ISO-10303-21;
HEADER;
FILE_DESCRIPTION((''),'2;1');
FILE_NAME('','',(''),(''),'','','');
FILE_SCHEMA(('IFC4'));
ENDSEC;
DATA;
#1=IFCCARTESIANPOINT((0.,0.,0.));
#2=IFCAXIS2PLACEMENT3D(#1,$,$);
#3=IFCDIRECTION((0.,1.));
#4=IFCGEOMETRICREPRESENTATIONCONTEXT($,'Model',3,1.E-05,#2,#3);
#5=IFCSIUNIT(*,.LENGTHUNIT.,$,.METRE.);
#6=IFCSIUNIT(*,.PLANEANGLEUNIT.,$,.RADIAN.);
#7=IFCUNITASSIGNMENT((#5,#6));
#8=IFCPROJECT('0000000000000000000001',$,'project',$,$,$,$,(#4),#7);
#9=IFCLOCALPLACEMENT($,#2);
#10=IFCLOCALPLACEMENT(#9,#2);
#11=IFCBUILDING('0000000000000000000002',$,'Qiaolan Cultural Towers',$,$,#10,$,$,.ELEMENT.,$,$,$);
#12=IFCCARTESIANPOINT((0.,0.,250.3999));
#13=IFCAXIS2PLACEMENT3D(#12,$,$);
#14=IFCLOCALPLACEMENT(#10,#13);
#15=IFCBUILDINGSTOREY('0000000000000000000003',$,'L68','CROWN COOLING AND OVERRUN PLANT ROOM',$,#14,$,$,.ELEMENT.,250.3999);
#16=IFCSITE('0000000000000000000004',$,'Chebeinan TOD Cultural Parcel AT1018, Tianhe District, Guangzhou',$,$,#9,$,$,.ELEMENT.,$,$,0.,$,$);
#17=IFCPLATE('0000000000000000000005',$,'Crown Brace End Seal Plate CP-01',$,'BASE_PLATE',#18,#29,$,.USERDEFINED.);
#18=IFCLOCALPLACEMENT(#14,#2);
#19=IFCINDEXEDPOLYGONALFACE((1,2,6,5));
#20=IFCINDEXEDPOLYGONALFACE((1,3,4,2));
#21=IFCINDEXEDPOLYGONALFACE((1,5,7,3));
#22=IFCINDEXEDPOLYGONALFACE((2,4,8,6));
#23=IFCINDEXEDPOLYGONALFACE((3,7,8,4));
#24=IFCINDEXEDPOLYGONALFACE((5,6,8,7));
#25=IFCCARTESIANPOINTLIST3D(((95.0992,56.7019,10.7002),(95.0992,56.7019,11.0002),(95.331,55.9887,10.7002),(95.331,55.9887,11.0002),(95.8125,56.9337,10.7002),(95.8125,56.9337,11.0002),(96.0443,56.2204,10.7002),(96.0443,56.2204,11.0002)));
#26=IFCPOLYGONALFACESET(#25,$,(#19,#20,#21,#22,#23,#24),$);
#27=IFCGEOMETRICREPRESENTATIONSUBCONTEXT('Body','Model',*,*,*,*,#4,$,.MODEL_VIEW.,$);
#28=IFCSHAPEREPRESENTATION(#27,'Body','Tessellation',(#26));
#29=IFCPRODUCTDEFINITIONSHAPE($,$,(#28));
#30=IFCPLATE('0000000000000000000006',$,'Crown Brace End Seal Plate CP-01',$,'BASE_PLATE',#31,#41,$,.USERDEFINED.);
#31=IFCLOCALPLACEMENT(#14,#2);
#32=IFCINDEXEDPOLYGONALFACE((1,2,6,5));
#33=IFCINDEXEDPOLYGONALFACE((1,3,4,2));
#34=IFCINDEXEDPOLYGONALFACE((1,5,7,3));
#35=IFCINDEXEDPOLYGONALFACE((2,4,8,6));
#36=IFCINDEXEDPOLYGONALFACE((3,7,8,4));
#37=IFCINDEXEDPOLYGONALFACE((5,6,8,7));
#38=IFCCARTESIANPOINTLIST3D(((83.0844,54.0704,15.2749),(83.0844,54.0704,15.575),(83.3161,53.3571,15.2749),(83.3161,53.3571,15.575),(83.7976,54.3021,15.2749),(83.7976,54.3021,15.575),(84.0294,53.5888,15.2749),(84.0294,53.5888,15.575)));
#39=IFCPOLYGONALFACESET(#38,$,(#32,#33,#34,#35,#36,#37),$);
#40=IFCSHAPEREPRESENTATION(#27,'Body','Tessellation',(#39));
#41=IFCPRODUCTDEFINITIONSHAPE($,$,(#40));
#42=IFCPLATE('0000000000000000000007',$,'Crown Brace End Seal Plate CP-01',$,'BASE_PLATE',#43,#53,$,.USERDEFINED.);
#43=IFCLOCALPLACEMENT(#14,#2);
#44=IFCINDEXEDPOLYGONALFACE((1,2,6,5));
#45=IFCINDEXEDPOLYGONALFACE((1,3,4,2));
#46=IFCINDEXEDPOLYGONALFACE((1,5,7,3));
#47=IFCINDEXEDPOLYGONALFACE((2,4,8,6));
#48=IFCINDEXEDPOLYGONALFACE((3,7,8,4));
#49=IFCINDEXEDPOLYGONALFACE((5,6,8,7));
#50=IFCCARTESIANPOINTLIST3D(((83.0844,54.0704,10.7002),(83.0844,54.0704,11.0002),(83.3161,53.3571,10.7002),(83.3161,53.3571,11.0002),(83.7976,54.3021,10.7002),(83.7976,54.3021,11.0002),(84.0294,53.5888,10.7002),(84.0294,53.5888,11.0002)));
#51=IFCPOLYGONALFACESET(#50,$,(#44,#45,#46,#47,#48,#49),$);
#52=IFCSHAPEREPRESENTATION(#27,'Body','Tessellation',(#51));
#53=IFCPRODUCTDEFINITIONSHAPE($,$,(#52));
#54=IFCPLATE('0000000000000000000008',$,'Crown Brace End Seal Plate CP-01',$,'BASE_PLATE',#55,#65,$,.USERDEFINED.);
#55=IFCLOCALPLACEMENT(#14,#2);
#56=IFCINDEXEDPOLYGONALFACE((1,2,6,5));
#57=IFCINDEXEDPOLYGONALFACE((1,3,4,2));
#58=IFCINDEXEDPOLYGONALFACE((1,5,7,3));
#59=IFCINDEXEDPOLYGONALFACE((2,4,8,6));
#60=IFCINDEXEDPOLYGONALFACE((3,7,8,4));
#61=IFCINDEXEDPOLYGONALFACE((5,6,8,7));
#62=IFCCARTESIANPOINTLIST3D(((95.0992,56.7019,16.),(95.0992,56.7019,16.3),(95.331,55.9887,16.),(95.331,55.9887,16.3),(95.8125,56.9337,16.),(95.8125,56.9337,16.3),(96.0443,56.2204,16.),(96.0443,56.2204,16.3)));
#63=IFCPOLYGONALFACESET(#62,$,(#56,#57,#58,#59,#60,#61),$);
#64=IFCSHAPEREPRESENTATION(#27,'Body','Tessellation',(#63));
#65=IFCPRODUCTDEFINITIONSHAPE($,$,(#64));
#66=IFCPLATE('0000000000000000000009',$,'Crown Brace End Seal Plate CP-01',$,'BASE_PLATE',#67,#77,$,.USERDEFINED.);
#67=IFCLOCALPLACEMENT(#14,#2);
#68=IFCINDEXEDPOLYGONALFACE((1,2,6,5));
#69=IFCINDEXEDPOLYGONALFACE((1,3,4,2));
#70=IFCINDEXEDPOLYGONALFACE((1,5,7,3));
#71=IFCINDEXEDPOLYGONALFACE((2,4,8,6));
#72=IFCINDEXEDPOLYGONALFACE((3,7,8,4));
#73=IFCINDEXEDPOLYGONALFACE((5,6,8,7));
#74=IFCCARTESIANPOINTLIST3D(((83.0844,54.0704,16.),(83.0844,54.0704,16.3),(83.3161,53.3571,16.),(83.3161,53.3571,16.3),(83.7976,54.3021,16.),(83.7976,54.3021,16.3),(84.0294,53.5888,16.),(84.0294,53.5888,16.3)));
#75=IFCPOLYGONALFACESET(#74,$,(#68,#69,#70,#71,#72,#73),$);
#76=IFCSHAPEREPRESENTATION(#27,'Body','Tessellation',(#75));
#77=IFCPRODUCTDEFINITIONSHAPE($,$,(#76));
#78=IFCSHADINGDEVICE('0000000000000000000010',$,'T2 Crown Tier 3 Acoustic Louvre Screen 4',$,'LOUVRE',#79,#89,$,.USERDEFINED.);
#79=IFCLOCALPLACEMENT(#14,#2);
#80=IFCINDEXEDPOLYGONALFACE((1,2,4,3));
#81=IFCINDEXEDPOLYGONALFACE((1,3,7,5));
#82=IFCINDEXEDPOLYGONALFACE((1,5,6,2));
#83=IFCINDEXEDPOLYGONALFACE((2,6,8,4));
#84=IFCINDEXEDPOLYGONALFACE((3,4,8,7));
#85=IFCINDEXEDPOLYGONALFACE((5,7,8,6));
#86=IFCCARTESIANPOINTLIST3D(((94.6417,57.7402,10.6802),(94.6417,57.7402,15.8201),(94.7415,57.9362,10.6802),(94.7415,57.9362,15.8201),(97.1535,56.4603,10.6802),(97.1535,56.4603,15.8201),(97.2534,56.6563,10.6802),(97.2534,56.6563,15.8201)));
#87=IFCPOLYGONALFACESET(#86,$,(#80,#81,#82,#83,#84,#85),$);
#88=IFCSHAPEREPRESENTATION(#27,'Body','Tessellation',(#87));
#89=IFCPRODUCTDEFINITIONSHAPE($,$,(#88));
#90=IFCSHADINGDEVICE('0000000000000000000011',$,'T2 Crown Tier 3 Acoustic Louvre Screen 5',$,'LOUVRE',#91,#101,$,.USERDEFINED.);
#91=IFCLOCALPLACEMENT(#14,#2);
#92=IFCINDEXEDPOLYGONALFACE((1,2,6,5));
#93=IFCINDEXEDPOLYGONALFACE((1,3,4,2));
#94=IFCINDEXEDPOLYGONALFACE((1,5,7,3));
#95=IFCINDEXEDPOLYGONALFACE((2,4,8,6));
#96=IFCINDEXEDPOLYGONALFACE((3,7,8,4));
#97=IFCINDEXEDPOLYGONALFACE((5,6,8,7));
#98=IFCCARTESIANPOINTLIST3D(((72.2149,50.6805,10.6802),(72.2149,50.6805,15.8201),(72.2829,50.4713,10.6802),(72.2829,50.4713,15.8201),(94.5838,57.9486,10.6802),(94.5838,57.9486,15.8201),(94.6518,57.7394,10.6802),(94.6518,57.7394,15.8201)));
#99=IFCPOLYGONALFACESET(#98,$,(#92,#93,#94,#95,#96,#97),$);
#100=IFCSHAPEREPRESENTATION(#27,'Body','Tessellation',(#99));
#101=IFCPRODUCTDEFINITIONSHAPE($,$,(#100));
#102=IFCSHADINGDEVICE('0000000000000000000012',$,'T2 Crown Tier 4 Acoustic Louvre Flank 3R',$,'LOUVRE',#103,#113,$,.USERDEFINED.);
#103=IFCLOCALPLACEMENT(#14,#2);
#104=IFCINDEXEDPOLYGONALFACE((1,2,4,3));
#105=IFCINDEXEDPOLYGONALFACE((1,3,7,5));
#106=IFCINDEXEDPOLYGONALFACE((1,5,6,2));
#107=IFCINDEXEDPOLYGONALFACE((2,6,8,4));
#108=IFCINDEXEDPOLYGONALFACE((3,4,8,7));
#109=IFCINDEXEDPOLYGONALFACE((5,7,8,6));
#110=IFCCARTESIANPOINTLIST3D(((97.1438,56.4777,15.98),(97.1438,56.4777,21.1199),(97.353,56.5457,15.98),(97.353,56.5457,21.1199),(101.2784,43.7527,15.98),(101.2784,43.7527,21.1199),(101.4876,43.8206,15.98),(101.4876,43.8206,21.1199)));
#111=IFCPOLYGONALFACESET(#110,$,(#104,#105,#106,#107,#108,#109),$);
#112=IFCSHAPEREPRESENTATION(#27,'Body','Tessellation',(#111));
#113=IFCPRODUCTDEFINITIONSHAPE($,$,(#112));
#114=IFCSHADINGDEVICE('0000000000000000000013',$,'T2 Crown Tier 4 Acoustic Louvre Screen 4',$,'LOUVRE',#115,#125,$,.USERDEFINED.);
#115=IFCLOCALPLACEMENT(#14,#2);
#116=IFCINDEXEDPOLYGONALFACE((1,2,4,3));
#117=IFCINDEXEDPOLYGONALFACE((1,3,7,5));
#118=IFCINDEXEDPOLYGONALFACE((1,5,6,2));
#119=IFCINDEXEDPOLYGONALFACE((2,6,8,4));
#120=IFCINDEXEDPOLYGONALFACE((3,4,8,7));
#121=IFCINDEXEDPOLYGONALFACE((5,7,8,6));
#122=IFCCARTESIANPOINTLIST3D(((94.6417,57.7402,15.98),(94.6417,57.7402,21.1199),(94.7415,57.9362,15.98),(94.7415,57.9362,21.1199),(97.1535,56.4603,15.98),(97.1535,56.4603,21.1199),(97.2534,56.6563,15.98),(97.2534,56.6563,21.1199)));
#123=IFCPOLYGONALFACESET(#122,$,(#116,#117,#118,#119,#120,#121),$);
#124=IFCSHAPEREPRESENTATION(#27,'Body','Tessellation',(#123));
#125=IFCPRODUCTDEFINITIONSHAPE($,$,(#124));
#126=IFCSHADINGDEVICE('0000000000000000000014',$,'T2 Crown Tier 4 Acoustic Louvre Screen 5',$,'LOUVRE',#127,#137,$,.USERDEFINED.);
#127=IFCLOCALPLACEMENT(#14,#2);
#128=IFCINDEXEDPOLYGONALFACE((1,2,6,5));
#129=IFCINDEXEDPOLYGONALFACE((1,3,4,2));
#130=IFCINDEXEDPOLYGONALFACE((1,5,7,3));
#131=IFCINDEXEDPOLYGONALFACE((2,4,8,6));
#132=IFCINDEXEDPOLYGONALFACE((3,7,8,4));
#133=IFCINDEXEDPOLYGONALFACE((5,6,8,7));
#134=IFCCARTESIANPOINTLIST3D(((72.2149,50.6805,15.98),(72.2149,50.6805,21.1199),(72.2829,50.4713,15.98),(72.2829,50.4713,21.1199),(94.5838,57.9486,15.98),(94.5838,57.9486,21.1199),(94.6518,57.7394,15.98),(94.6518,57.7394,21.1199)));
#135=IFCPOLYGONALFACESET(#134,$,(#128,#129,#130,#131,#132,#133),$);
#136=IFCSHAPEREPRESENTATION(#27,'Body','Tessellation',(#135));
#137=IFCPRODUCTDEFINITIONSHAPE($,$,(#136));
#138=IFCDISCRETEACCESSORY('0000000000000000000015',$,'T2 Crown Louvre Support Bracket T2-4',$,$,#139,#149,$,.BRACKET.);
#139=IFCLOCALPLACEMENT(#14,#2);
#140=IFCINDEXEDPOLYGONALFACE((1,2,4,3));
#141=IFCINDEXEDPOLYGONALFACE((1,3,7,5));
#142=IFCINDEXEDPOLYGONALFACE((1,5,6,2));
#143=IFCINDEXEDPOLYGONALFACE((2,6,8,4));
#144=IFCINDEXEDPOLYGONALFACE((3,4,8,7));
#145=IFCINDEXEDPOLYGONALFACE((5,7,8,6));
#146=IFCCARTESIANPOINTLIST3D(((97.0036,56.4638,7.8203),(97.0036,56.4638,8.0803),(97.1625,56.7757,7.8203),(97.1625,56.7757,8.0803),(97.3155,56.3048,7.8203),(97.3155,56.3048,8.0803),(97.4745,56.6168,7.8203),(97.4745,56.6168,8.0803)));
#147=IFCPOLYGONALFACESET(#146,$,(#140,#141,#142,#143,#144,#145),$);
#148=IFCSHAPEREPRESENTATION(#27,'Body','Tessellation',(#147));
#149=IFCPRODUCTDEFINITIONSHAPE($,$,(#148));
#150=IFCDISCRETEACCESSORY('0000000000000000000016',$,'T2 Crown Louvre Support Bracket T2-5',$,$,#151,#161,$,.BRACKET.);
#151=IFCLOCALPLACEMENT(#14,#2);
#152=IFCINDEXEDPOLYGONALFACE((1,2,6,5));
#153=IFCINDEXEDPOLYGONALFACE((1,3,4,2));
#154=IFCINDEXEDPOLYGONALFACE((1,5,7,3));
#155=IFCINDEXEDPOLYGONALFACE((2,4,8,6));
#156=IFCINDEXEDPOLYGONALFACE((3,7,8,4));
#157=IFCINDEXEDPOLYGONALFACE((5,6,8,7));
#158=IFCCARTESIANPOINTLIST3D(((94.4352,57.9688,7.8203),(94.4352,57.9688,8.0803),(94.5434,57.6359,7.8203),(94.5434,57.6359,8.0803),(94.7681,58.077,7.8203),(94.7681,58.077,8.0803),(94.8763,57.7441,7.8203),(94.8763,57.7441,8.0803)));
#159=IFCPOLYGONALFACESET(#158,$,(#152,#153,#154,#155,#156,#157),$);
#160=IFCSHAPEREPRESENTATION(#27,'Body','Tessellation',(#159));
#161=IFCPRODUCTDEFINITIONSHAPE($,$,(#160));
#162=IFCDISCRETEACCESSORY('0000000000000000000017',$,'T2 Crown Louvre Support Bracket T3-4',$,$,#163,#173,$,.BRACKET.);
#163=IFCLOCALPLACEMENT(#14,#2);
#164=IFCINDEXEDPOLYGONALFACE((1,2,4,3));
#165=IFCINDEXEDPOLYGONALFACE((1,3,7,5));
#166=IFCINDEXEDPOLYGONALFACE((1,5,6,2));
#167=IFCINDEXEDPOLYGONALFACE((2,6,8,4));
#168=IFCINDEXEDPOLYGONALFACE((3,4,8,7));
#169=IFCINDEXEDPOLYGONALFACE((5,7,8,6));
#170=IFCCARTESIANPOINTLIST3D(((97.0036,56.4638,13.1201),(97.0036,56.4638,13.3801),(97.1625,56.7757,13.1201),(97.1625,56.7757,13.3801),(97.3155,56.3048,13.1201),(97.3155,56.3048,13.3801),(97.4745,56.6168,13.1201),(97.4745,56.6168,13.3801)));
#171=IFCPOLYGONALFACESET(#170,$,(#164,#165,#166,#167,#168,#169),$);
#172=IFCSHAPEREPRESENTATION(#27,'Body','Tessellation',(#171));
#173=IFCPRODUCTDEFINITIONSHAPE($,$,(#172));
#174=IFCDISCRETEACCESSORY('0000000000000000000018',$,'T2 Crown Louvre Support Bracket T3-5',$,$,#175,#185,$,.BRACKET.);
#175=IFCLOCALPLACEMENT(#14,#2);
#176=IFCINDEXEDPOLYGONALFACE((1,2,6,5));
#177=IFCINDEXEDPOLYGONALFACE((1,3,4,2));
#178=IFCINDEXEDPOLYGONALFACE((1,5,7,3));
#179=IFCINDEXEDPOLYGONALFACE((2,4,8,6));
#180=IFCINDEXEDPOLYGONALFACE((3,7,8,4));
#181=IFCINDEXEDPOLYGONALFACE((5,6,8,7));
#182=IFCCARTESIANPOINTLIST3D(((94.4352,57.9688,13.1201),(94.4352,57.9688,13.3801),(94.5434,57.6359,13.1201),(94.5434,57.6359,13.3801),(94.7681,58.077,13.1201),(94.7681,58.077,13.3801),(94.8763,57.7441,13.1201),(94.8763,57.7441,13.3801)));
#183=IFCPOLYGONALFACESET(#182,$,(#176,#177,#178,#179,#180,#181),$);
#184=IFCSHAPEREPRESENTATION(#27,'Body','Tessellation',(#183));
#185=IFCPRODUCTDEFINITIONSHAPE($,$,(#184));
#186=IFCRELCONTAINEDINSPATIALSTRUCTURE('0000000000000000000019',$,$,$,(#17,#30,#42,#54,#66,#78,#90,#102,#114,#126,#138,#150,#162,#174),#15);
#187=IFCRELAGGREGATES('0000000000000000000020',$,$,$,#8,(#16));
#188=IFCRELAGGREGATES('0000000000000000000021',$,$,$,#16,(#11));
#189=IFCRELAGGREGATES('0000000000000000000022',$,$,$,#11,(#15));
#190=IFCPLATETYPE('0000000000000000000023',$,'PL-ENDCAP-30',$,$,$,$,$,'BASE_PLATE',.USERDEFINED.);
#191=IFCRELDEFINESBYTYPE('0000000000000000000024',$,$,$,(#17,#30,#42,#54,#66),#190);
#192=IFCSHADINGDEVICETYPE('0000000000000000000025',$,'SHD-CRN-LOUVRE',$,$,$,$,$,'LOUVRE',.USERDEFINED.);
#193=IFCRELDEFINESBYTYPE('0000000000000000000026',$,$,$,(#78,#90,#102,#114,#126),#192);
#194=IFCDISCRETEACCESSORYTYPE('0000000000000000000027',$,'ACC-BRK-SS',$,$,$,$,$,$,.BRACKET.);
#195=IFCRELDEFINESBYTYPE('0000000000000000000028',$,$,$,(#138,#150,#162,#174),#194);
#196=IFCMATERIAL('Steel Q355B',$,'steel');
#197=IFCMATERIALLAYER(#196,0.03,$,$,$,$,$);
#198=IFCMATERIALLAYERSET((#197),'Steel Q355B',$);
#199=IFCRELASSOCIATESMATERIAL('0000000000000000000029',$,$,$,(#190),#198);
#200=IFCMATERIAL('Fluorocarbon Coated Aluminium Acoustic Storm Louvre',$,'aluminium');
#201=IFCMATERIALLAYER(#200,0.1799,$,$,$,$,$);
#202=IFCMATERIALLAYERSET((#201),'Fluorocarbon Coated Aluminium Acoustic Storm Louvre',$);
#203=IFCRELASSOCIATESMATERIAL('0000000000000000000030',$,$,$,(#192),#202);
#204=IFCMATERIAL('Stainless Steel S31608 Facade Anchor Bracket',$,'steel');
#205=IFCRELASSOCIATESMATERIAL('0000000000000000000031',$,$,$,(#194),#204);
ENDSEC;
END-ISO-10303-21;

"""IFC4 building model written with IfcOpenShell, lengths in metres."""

from ifc_helpers import new_model, si_unit, direction, frame, origin, origin_2d, place, context, subcontext, project, spatial, rectangle, extrude, material, layer, layer_set, type_object, element, save


model = new_model("IFC4")

# Units and contexts
model_context = context("Model", 3, precision=1e-05, world=origin(), true_north=direction((0.0, 1.0)))
body_context = subcontext(model_context, "Body", "Model", "MODEL_VIEW")
ifc_project = project(units=[si_unit("LENGTHUNIT", "METRE"), si_unit("PLANEANGLEUNIT", "RADIAN")], contexts=[model_context])

# Site, building, storey
site_placement = place(None, origin())
site = spatial("IfcSite", under=ifc_project, at=site_placement, Name="Chebeinan TOD Cultural Parcel AT1018, Tianhe District, Guangzhou", CompositionType="ELEMENT", RefElevation=0.0)
building_placement = place(site_placement, origin())
building = spatial("IfcBuilding", under=site, at=building_placement, Name="Qiaolan Cultural Towers", CompositionType="ELEMENT")
storey_placement = place(building_placement, frame((0.0, 0.0, 250.3999)))
storey = spatial("IfcBuildingStorey", under=building, at=storey_placement, Name="L68", Description="CROWN COOLING AND OVERRUN PLANT ROOM", CompositionType="ELEMENT", Elevation=250.3999)

# Plates
ifc_material_1 = material(Name="Steel Q355B", Category="steel")
ifc_layer_1 = layer(ifc_material_1, 0.03)
ifc_layer_set_1 = layer_set([ifc_layer_1], Name="Steel Q355B")
plate_type_1 = type_object("IfcPlateType", Name="PL-ENDCAP-30", ElementType="BASE_PLATE", PredefinedType="USERDEFINED", material=ifc_layer_set_1)
for number, where, z_axis, x_axis, name in (
    (1, (95.5718, 56.4612, 10.7002), (0.0, 0.0, 1.0), (0.951057, 0.309017, 0.0), "Crown Brace End Seal Plate CP-01"),
    (2, (83.5569, 53.8296, 15.2749), (0.0, 0.0, 1.0), (0.951057, 0.309017, 0.0), "Crown Brace End Seal Plate CP-01"),
    (3, (83.5569, 53.8296, 10.7002), (0.0, 0.0, 1.0), (0.951057, 0.309017, 0.0), "Crown Brace End Seal Plate CP-01"),
    (4, (95.5718, 56.4612, 16.0), (0.0, 0.0, 1.0), (0.951057, 0.309017, 0.0), "Crown Brace End Seal Plate CP-01"),
    (5, (83.5569, 53.8296, 16.0), (0.0, 0.0, 1.0), (0.951057, 0.309017, 0.0), "Crown Brace End Seal Plate CP-01"),
):
    element("IfcPlate", number, at=place(storey_placement, frame(where, z_axis=z_axis, x_axis=x_axis)), inside=storey, type_object=plate_type_1, Name=name, ObjectType="BASE_PLATE", PredefinedType="USERDEFINED", context=body_context, shape_type="SweptSolid", body=[
        extrude(rectangle(XDim=0.75, YDim=0.75, at=origin_2d()), origin(), (0.0, 0.0, 1.0), 0.3),
    ])

# Shading devices
ifc_material_2 = material(Name="Fluorocarbon Coated Aluminium Acoustic Storm Louvre", Category="aluminium")
ifc_layer_2 = layer(ifc_material_2, 0.1799)
ifc_layer_set_2 = layer_set([ifc_layer_2], Name="Fluorocarbon Coated Aluminium Acoustic Storm Louvre")
shading_device_type = type_object("IfcShadingDeviceType", Name="SHD-CRN-LOUVRE", ElementType="LOUVRE", PredefinedType="USERDEFINED", material=ifc_layer_set_2)
shading_device_1_placement = place(storey_placement, frame((95.9475, 57.1982, 10.6802), z_axis=(0.0, 0.0, 1.0), x_axis=(-0.891006, 0.453991, 0.0)))
element("IfcShadingDevice", 6, at=shading_device_1_placement, inside=storey, type_object=shading_device_type, Name="T2 Crown Tier 3 Acoustic Louvre Screen 4", ObjectType="LOUVRE", PredefinedType="USERDEFINED", context=body_context, shape_type="SweptSolid", body=[
    extrude(rectangle(XDim=2.8191, YDim=0.22, at=origin_2d()), origin(), (0.0, 0.0, 1.0), 5.1399),
])
shading_device_2_placement = place(storey_placement, frame((83.4333, 54.21, 10.6802), z_axis=(0.0, 0.0, 1.0), x_axis=(-0.951057, -0.309017, 0.0)))
element("IfcShadingDevice", 7, at=shading_device_2_placement, inside=storey, type_object=shading_device_type, Name="T2 Crown Tier 3 Acoustic Louvre Screen 5", ObjectType="LOUVRE", PredefinedType="USERDEFINED", context=body_context, shape_type="SweptSolid", body=[
    extrude(rectangle(XDim=23.52, YDim=0.22, at=origin_2d()), origin(), (0.0, 0.0, 1.0), 5.1399),
])
shading_device_3_placement = place(storey_placement, frame((99.3157, 50.1492, 15.98), z_axis=(0.0, 0.0, 1.0), x_axis=(-0.309017, 0.951057, 0.0)))
element("IfcShadingDevice", 8, at=shading_device_3_placement, inside=storey, type_object=shading_device_type, Name="T2 Crown Tier 4 Acoustic Louvre Flank 3R", ObjectType="LOUVRE", PredefinedType="USERDEFINED", context=body_context, shape_type="SweptSolid", body=[
    extrude(rectangle(XDim=13.3799, YDim=0.22, at=origin_2d()), origin(), (0.0, 0.0, 1.0), 5.1399),
])
shading_device_4_placement = place(storey_placement, frame((95.9475, 57.1982, 15.98), z_axis=(0.0, 0.0, 1.0), x_axis=(-0.891006, 0.453991, 0.0)))
element("IfcShadingDevice", 9, at=shading_device_4_placement, inside=storey, type_object=shading_device_type, Name="T2 Crown Tier 4 Acoustic Louvre Screen 4", ObjectType="LOUVRE", PredefinedType="USERDEFINED", context=body_context, shape_type="SweptSolid", body=[
    extrude(rectangle(XDim=2.8191, YDim=0.22, at=origin_2d()), origin(), (0.0, 0.0, 1.0), 5.1399),
])
shading_device_5_placement = place(storey_placement, frame((83.4333, 54.21, 15.98), z_axis=(0.0, 0.0, 1.0), x_axis=(-0.951057, -0.309017, 0.0)))
element("IfcShadingDevice", 10, at=shading_device_5_placement, inside=storey, type_object=shading_device_type, Name="T2 Crown Tier 4 Acoustic Louvre Screen 5", ObjectType="LOUVRE", PredefinedType="USERDEFINED", context=body_context, shape_type="SweptSolid", body=[
    extrude(rectangle(XDim=23.52, YDim=0.22, at=origin_2d()), origin(), (0.0, 0.0, 1.0), 5.1399),
])

# Discrete accessories
ifc_material_3 = material(Name="Stainless Steel S31608 Facade Anchor Bracket", Category="steel")
discrete_accessory_type = type_object("IfcDiscreteAccessoryType", Name="ACC-BRK-SS", PredefinedType="BRACKET", material=ifc_material_3)
for number, where, z_axis, x_axis, name in (
    (11, (97.239, 56.5403, 7.8203), (0.0, 0.0, 1.0), (-0.891006, 0.453991, 0.0), "T2 Crown Louvre Support Bracket T2-4"),
    (12, (94.6558, 57.8564, 7.8203), (0.0, 0.0, 1.0), (-0.951057, -0.309017, 0.0), "T2 Crown Louvre Support Bracket T2-5"),
    (13, (97.239, 56.5403, 13.1201), (0.0, 0.0, 1.0), (-0.891006, 0.453991, 0.0), "T2 Crown Louvre Support Bracket T3-4"),
    (14, (94.6558, 57.8564, 13.1201), (0.0, 0.0, 1.0), (-0.951057, -0.309017, 0.0), "T2 Crown Louvre Support Bracket T3-5"),
):
    element("IfcDiscreteAccessory", number, at=place(storey_placement, frame(where, z_axis=z_axis, x_axis=x_axis)), inside=storey, type_object=discrete_accessory_type, Name=name, PredefinedType="BRACKET", context=body_context, shape_type="SweptSolid", body=[
        extrude(rectangle(XDim=0.3501, YDim=0.3501, at=origin_2d()), origin(), (0.0, 0.0, 1.0), 0.26),
    ])

save(model, "model.ifc")
